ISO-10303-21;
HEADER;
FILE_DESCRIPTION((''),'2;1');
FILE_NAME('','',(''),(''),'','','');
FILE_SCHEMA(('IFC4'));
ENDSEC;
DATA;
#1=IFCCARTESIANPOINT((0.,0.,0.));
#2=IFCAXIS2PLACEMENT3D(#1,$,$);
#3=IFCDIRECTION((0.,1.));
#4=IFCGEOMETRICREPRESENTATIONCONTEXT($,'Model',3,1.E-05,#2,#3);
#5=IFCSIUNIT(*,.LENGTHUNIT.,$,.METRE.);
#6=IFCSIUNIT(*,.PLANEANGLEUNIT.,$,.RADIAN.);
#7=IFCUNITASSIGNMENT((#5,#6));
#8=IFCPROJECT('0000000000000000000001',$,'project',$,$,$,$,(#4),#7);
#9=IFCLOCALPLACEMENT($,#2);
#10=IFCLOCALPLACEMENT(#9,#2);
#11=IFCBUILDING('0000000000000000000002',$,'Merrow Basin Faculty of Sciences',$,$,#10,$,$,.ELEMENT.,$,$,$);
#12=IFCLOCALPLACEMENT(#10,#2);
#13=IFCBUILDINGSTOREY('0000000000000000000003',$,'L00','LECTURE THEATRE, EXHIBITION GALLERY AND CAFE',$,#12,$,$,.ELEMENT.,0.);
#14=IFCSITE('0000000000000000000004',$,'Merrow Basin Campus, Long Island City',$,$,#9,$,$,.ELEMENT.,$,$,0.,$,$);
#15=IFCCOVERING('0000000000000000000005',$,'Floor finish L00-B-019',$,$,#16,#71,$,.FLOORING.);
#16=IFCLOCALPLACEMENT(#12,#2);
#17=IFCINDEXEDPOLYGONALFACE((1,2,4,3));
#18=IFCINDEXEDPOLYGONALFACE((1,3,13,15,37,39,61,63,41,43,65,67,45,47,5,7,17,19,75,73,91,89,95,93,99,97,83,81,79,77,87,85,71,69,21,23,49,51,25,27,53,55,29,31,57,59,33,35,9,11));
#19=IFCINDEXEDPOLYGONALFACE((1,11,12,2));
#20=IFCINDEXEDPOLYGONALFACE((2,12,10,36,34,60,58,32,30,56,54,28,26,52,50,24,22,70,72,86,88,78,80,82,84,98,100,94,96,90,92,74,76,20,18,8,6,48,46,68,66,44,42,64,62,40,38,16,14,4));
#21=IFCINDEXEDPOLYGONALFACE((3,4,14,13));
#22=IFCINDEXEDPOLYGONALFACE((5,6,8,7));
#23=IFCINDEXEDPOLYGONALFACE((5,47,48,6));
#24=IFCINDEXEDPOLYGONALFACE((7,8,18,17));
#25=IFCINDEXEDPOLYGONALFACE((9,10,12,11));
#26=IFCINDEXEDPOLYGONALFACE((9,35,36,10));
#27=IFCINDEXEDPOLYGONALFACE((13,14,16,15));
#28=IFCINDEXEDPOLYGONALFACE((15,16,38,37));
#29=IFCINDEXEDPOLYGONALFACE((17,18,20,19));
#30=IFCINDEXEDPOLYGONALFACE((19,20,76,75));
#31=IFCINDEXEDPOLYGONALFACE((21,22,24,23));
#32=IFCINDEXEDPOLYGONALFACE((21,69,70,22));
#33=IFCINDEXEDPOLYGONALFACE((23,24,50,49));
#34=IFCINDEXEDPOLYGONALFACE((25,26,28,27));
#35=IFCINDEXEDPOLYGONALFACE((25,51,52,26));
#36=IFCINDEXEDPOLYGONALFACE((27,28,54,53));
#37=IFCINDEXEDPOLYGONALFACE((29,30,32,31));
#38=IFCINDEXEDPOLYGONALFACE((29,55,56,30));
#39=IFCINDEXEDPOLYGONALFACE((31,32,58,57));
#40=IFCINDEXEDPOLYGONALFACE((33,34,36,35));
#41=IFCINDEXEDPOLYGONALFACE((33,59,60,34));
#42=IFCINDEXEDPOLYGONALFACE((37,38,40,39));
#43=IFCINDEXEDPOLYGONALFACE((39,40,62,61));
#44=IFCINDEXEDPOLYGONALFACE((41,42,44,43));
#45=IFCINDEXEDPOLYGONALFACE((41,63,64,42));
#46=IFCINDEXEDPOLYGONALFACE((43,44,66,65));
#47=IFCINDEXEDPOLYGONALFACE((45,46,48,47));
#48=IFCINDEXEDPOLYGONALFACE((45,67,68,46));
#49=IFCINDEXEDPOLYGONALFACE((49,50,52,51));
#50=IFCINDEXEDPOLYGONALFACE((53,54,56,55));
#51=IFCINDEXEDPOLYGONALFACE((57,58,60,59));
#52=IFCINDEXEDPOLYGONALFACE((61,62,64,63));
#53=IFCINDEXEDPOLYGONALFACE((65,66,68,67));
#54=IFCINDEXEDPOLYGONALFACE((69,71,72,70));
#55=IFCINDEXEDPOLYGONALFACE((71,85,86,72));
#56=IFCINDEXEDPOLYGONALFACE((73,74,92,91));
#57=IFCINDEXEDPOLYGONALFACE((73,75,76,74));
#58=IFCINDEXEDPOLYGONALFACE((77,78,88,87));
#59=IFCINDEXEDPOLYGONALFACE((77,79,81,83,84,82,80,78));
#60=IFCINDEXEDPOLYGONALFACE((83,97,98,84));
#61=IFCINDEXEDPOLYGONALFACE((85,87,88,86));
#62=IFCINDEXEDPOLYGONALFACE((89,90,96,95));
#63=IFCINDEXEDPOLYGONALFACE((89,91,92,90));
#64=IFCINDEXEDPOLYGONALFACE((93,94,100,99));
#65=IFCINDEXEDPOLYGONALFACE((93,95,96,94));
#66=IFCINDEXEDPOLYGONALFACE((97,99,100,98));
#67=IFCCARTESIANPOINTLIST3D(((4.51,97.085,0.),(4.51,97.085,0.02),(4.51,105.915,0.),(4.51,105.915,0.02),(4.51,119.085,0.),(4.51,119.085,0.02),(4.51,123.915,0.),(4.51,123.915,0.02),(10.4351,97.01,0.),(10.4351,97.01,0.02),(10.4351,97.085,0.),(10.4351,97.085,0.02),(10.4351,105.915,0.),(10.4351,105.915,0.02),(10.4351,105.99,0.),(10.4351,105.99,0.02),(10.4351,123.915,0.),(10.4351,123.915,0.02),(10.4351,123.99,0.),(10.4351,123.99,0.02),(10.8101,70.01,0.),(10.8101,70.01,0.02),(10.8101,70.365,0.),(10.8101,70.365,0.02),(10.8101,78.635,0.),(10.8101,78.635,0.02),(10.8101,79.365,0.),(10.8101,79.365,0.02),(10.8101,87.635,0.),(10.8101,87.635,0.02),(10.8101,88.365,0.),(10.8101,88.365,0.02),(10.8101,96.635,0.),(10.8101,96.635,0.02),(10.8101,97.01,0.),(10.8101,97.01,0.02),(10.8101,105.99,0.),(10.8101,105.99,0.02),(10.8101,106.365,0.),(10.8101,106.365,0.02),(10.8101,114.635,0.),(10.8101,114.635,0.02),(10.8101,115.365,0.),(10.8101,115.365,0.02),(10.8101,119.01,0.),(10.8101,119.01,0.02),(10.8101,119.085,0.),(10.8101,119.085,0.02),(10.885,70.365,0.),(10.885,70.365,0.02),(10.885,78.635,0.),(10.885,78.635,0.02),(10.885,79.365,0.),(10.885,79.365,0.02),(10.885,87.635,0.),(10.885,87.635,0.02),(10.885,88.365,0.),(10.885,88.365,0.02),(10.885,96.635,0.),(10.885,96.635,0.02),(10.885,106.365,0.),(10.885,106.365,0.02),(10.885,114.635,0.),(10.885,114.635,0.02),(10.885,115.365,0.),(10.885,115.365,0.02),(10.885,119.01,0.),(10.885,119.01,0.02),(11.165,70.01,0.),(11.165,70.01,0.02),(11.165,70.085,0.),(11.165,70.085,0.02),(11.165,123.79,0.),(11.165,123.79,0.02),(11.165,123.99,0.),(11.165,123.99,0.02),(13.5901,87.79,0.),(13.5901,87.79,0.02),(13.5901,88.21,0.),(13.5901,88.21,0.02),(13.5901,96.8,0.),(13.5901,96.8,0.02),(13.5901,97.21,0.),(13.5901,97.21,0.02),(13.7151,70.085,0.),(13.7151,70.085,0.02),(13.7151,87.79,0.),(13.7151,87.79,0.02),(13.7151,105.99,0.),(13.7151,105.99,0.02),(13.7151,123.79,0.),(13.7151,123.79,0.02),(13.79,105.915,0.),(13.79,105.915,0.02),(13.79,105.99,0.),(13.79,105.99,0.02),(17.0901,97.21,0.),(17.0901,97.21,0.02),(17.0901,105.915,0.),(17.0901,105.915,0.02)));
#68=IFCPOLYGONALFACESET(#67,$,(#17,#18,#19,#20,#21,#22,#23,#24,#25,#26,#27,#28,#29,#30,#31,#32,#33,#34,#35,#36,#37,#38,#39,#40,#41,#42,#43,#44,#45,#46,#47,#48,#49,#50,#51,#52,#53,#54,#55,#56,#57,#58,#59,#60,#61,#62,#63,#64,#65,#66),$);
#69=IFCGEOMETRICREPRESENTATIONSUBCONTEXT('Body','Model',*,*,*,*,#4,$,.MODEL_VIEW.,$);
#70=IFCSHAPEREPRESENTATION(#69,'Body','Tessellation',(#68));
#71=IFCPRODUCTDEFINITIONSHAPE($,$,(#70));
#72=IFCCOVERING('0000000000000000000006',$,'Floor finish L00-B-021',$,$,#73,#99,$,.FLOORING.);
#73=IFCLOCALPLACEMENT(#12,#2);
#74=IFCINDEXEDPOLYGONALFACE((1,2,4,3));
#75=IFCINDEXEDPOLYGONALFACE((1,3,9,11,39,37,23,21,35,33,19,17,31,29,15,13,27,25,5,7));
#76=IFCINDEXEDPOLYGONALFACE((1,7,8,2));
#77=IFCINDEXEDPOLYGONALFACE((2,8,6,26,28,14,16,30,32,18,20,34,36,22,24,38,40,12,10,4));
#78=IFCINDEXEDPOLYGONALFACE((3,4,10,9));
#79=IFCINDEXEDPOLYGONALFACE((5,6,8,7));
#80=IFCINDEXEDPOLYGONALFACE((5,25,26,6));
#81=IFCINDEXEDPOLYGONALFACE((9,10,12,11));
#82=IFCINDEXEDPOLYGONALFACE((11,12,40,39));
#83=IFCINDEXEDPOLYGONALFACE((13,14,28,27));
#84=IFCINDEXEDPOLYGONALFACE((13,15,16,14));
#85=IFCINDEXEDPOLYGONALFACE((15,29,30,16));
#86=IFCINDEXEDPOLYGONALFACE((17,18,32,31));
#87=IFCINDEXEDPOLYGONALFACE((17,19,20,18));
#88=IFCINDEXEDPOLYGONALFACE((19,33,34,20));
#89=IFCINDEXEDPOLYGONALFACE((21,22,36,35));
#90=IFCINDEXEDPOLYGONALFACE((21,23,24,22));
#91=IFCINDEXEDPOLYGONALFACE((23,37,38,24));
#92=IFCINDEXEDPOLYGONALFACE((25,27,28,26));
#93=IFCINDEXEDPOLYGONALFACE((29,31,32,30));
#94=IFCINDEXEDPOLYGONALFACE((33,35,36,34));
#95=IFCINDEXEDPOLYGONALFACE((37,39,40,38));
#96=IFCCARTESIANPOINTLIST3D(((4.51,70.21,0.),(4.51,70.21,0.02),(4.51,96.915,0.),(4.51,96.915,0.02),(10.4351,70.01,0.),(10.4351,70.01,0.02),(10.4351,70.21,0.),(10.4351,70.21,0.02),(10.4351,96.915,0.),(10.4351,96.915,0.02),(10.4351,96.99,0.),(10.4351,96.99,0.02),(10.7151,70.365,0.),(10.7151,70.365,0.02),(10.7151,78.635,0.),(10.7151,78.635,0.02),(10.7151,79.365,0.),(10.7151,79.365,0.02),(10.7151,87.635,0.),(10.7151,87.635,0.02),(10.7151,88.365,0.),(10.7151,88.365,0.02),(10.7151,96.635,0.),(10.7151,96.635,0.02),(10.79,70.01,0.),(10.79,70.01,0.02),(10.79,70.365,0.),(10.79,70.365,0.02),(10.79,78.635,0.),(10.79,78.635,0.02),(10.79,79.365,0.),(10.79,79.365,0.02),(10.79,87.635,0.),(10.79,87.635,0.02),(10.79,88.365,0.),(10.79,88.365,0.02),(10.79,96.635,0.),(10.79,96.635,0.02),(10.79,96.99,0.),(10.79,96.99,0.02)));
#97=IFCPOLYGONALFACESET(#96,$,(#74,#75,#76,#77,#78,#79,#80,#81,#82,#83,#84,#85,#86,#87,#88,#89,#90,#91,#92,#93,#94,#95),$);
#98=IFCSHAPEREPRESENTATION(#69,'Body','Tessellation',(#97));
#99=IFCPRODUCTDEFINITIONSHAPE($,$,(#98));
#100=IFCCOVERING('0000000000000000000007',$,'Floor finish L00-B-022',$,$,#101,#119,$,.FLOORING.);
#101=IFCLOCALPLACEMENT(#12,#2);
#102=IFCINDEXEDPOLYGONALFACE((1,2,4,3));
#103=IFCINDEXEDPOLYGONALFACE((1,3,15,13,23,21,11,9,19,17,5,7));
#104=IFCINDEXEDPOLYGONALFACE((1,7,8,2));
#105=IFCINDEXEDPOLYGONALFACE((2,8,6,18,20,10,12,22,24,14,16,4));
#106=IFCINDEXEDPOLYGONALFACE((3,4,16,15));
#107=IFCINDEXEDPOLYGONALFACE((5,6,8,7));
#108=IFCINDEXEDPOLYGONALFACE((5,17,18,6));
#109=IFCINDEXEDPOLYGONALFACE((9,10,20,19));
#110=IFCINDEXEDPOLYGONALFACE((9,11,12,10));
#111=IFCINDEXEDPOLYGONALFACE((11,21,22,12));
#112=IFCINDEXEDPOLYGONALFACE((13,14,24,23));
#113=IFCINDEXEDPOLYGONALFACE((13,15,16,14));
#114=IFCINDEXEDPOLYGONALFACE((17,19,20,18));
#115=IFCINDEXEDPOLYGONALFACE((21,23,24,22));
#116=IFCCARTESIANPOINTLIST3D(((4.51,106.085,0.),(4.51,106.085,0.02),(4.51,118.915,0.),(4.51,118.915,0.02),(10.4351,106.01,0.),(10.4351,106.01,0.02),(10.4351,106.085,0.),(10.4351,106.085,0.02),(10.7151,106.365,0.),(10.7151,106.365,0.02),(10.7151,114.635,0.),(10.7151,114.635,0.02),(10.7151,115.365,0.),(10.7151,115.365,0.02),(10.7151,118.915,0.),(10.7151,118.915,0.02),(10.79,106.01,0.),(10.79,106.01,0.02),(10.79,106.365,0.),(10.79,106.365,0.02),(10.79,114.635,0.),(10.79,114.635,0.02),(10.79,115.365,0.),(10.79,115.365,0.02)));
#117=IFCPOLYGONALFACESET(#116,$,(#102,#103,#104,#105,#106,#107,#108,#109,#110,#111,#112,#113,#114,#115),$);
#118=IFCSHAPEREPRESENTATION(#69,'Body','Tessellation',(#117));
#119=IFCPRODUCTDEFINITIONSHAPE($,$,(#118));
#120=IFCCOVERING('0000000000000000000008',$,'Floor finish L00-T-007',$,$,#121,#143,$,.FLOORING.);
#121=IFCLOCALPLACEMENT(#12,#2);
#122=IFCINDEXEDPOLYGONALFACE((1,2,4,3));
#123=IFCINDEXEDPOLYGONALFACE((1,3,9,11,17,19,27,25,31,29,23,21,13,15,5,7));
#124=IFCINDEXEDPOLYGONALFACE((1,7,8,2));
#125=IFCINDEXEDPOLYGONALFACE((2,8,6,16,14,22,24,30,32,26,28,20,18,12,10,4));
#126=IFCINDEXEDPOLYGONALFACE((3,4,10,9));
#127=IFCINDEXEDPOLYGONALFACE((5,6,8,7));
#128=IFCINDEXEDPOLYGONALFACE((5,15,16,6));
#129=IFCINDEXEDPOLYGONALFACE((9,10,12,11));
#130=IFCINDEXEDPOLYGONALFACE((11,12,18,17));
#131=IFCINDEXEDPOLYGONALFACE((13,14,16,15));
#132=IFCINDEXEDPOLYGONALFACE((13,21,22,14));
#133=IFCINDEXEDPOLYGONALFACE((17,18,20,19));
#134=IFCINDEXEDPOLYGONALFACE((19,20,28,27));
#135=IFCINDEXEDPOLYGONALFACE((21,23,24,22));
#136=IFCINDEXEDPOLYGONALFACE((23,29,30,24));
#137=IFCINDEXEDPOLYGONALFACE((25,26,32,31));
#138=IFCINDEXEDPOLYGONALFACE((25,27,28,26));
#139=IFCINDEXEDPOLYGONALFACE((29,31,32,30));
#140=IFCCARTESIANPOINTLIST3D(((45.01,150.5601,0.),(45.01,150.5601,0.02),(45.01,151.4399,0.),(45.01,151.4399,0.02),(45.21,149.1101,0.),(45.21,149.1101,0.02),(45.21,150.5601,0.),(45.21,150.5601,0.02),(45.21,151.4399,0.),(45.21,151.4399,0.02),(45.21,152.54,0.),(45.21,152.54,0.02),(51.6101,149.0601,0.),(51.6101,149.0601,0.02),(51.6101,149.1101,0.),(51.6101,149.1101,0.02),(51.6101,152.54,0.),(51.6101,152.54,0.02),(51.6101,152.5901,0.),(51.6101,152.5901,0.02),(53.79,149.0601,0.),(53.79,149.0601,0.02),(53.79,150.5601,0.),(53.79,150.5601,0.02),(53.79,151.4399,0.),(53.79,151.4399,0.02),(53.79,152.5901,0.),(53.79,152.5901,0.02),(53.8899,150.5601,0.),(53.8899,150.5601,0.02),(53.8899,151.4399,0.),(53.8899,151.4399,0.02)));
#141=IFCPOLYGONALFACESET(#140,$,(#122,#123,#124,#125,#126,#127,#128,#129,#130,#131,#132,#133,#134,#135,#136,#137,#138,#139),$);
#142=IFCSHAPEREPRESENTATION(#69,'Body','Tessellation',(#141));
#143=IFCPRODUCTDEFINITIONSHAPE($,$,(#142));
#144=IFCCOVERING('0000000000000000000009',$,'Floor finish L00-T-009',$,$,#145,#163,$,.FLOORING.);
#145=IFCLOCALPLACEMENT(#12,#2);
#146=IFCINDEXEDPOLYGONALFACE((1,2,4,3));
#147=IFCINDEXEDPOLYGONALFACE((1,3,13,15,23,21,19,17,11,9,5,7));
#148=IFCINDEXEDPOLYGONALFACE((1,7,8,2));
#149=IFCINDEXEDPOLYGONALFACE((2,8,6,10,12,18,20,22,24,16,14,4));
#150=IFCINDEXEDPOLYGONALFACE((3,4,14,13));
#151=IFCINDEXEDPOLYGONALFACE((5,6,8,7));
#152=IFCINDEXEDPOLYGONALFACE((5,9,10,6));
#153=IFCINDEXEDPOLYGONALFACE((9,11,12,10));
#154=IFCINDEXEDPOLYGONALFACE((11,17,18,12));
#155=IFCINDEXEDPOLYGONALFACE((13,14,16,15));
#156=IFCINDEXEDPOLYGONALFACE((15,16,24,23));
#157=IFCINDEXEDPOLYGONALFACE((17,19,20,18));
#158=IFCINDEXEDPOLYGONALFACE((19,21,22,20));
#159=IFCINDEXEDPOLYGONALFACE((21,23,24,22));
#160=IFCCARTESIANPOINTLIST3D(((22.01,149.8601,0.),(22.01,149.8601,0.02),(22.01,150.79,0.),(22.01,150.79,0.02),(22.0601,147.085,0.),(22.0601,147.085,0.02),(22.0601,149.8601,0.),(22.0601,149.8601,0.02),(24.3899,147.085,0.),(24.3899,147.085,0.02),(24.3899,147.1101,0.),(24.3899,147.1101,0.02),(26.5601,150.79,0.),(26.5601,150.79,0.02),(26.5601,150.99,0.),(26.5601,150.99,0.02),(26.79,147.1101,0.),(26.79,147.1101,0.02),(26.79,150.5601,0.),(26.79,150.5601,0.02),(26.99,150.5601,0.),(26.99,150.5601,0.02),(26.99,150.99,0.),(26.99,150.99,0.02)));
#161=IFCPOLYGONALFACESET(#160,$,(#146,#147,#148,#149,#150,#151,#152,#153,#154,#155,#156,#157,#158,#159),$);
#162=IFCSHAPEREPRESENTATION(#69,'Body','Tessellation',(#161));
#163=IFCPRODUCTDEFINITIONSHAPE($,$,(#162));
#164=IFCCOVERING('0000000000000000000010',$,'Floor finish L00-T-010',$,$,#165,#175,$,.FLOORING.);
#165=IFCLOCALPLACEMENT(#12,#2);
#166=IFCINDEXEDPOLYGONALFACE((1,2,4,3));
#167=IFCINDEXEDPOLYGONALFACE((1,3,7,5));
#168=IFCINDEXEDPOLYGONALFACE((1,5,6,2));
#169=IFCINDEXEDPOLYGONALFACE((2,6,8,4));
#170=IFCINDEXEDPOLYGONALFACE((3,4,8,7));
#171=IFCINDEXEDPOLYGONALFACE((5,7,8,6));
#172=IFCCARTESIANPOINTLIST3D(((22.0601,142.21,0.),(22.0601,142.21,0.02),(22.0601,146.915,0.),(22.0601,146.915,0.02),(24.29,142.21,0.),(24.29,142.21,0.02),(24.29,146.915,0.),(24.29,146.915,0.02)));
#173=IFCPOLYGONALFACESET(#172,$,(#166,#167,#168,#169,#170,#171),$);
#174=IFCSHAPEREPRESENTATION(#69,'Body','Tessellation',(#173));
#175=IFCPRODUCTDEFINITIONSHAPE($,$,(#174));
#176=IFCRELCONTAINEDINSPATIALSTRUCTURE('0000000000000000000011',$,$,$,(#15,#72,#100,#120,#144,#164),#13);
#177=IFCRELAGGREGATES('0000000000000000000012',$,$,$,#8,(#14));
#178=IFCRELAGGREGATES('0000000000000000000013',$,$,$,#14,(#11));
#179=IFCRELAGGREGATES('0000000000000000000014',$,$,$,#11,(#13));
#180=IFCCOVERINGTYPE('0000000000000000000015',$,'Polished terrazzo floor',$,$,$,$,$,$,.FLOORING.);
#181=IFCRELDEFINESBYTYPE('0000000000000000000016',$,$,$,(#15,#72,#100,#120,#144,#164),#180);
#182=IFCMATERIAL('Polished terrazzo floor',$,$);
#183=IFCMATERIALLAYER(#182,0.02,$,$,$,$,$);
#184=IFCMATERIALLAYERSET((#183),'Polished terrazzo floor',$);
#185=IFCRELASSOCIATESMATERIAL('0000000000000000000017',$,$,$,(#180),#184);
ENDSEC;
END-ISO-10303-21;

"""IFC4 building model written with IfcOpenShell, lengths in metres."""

from ifc_helpers import new_model, si_unit, direction, origin, place, context, subcontext, project, spatial, polyline, outline, extrude, material, layer, layer_set, type_object, element, save


model = new_model("IFC4")

# Units and contexts
model_context = context("Model", 3, precision=1e-05, world=origin(), true_north=direction((0.0, 1.0)))
body_context = subcontext(model_context, "Body", "Model", "MODEL_VIEW")
ifc_project = project(units=[si_unit("LENGTHUNIT", "METRE"), si_unit("PLANEANGLEUNIT", "RADIAN")], contexts=[model_context])

# Site, building, storey
site_placement = place(None, origin())
site = spatial("IfcSite", under=ifc_project, at=site_placement, Name="Merrow Basin Campus, Long Island City", CompositionType="ELEMENT", RefElevation=0.0)
building_placement = place(site_placement, origin())
building = spatial("IfcBuilding", under=site, at=building_placement, Name="Merrow Basin Faculty of Sciences", CompositionType="ELEMENT")
storey_placement = place(building_placement, origin())
storey = spatial("IfcBuildingStorey", under=building, at=storey_placement, Name="L00", Description="LECTURE THEATRE, EXHIBITION GALLERY AND CAFE", CompositionType="ELEMENT", Elevation=0.0)

# Coverings
ifc_material_1 = material(Name="Polished terrazzo floor")
ifc_layer_1 = layer(ifc_material_1, 0.02)
ifc_layer_set_1 = layer_set([ifc_layer_1], Name="Polished terrazzo floor")
covering_type_1 = type_object("IfcCoveringType", Name="Polished terrazzo floor", PredefinedType="FLOORING", material=ifc_layer_set_1)
covering_1_placement = place(storey_placement, origin())
element("IfcCovering", 1, at=covering_1_placement, inside=storey, type_object=covering_type_1, Name="Floor finish L00-B-019", PredefinedType="FLOORING", context=body_context, shape_type="SweptSolid", body=[
    extrude(outline(polyline([(10.4351, 97.01), (10.4351, 97.085), (4.51, 97.085), (4.51, 105.915), (10.4351, 105.915), (10.4351, 105.99), (10.8101, 105.99), (10.8101, 106.365), (10.885, 106.365), (10.885, 114.635), (10.8101, 114.635), (10.8101, 115.365), (10.885, 115.365), (10.885, 119.01), (10.8101, 119.01), (10.8101, 119.085), (4.51, 119.085), (4.51, 123.915), (10.4351, 123.915), (10.4351, 123.99), (11.165, 123.99), (11.165, 123.79), (13.7151, 123.79), (13.7151, 105.99), (13.79, 105.99), (13.79, 105.915), (17.0901, 105.915), (17.0901, 97.21), (13.5901, 97.21), (13.5901, 96.8), (13.5901, 88.21), (13.5901, 87.79), (13.7151, 87.79), (13.7151, 70.085), (11.165, 70.085), (11.165, 70.01), (10.8101, 70.01), (10.8101, 70.365), (10.885, 70.365), (10.885, 78.635), (10.8101, 78.635), (10.8101, 79.365), (10.885, 79.365), (10.885, 87.635), (10.8101, 87.635), (10.8101, 88.365), (10.885, 88.365), (10.885, 96.635), (10.8101, 96.635), (10.8101, 97.01), (10.4351, 97.01)])), origin(), (0.0, 0.0, 1.0), 0.02),
])
covering_2_placement = place(storey_placement, origin())
element("IfcCovering", 2, at=covering_2_placement, inside=storey, type_object=covering_type_1, Name="Floor finish L00-B-021", PredefinedType="FLOORING", context=body_context, shape_type="SweptSolid", body=[
    extrude(outline(polyline([(4.51, 96.915), (10.4351, 96.915), (10.4351, 96.99), (10.79, 96.99), (10.79, 96.635), (10.7151, 96.635), (10.7151, 88.365), (10.79, 88.365), (10.79, 87.635), (10.7151, 87.635), (10.7151, 79.365), (10.79, 79.365), (10.79, 78.635), (10.7151, 78.635), (10.7151, 70.365), (10.79, 70.365), (10.79, 70.01), (10.4351, 70.01), (10.4351, 70.21), (4.51, 70.21), (4.51, 96.915)])), origin(), (0.0, 0.0, 1.0), 0.02),
])
covering_3_placement = place(storey_placement, origin())
element("IfcCovering", 3, at=covering_3_placement, inside=storey, type_object=covering_type_1, Name="Floor finish L00-B-022", PredefinedType="FLOORING", context=body_context, shape_type="SweptSolid", body=[
    extrude(outline(polyline([(4.51, 118.915), (10.7151, 118.915), (10.7151, 115.365), (10.79, 115.365), (10.79, 114.635), (10.7151, 114.635), (10.7151, 106.365), (10.79, 106.365), (10.79, 106.01), (10.4351, 106.01), (10.4351, 106.085), (4.51, 106.085), (4.51, 118.915)])), origin(), (0.0, 0.0, 1.0), 0.02),
])
covering_4_placement = place(storey_placement, origin())
element("IfcCovering", 4, at=covering_4_placement, inside=storey, type_object=covering_type_1, Name="Floor finish L00-T-007", PredefinedType="FLOORING", context=body_context, shape_type="SweptSolid", body=[
    extrude(outline(polyline([(45.01, 151.4399), (45.21, 151.4399), (45.21, 152.54), (51.6101, 152.54), (51.6101, 152.5901), (53.79, 152.5901), (53.79, 151.4399), (53.8899, 151.4399), (53.8899, 150.5601), (53.79, 150.5601), (53.79, 149.0601), (51.6101, 149.0601), (51.6101, 149.1101), (45.21, 149.1101), (45.21, 150.5601), (45.01, 150.5601), (45.01, 151.4399)])), origin(), (0.0, 0.0, 1.0), 0.02),
])
covering_5_placement = place(storey_placement, origin())
element("IfcCovering", 5, at=covering_5_placement, inside=storey, type_object=covering_type_1, Name="Floor finish L00-T-009", PredefinedType="FLOORING", context=body_context, shape_type="SweptSolid", body=[
    extrude(outline(polyline([(26.99, 150.99), (26.99, 150.5601), (26.79, 150.5601), (26.79, 147.1101), (24.3899, 147.1101), (24.3899, 147.085), (22.0601, 147.085), (22.0601, 149.8601), (22.01, 149.8601), (22.01, 150.79), (26.5601, 150.79), (26.5601, 150.99), (26.99, 150.99)])), origin(), (0.0, 0.0, 1.0), 0.02),
])
covering_6_placement = place(storey_placement, origin())
element("IfcCovering", 6, at=covering_6_placement, inside=storey, type_object=covering_type_1, Name="Floor finish L00-T-010", PredefinedType="FLOORING", context=body_context, shape_type="SweptSolid", body=[
    extrude(outline(polyline([(24.29, 146.915), (24.29, 142.21), (22.0601, 142.21), (22.0601, 146.915), (24.29, 146.915)])), origin(), (0.0, 0.0, 1.0), 0.02),
])

save(model, "model.ifc")
